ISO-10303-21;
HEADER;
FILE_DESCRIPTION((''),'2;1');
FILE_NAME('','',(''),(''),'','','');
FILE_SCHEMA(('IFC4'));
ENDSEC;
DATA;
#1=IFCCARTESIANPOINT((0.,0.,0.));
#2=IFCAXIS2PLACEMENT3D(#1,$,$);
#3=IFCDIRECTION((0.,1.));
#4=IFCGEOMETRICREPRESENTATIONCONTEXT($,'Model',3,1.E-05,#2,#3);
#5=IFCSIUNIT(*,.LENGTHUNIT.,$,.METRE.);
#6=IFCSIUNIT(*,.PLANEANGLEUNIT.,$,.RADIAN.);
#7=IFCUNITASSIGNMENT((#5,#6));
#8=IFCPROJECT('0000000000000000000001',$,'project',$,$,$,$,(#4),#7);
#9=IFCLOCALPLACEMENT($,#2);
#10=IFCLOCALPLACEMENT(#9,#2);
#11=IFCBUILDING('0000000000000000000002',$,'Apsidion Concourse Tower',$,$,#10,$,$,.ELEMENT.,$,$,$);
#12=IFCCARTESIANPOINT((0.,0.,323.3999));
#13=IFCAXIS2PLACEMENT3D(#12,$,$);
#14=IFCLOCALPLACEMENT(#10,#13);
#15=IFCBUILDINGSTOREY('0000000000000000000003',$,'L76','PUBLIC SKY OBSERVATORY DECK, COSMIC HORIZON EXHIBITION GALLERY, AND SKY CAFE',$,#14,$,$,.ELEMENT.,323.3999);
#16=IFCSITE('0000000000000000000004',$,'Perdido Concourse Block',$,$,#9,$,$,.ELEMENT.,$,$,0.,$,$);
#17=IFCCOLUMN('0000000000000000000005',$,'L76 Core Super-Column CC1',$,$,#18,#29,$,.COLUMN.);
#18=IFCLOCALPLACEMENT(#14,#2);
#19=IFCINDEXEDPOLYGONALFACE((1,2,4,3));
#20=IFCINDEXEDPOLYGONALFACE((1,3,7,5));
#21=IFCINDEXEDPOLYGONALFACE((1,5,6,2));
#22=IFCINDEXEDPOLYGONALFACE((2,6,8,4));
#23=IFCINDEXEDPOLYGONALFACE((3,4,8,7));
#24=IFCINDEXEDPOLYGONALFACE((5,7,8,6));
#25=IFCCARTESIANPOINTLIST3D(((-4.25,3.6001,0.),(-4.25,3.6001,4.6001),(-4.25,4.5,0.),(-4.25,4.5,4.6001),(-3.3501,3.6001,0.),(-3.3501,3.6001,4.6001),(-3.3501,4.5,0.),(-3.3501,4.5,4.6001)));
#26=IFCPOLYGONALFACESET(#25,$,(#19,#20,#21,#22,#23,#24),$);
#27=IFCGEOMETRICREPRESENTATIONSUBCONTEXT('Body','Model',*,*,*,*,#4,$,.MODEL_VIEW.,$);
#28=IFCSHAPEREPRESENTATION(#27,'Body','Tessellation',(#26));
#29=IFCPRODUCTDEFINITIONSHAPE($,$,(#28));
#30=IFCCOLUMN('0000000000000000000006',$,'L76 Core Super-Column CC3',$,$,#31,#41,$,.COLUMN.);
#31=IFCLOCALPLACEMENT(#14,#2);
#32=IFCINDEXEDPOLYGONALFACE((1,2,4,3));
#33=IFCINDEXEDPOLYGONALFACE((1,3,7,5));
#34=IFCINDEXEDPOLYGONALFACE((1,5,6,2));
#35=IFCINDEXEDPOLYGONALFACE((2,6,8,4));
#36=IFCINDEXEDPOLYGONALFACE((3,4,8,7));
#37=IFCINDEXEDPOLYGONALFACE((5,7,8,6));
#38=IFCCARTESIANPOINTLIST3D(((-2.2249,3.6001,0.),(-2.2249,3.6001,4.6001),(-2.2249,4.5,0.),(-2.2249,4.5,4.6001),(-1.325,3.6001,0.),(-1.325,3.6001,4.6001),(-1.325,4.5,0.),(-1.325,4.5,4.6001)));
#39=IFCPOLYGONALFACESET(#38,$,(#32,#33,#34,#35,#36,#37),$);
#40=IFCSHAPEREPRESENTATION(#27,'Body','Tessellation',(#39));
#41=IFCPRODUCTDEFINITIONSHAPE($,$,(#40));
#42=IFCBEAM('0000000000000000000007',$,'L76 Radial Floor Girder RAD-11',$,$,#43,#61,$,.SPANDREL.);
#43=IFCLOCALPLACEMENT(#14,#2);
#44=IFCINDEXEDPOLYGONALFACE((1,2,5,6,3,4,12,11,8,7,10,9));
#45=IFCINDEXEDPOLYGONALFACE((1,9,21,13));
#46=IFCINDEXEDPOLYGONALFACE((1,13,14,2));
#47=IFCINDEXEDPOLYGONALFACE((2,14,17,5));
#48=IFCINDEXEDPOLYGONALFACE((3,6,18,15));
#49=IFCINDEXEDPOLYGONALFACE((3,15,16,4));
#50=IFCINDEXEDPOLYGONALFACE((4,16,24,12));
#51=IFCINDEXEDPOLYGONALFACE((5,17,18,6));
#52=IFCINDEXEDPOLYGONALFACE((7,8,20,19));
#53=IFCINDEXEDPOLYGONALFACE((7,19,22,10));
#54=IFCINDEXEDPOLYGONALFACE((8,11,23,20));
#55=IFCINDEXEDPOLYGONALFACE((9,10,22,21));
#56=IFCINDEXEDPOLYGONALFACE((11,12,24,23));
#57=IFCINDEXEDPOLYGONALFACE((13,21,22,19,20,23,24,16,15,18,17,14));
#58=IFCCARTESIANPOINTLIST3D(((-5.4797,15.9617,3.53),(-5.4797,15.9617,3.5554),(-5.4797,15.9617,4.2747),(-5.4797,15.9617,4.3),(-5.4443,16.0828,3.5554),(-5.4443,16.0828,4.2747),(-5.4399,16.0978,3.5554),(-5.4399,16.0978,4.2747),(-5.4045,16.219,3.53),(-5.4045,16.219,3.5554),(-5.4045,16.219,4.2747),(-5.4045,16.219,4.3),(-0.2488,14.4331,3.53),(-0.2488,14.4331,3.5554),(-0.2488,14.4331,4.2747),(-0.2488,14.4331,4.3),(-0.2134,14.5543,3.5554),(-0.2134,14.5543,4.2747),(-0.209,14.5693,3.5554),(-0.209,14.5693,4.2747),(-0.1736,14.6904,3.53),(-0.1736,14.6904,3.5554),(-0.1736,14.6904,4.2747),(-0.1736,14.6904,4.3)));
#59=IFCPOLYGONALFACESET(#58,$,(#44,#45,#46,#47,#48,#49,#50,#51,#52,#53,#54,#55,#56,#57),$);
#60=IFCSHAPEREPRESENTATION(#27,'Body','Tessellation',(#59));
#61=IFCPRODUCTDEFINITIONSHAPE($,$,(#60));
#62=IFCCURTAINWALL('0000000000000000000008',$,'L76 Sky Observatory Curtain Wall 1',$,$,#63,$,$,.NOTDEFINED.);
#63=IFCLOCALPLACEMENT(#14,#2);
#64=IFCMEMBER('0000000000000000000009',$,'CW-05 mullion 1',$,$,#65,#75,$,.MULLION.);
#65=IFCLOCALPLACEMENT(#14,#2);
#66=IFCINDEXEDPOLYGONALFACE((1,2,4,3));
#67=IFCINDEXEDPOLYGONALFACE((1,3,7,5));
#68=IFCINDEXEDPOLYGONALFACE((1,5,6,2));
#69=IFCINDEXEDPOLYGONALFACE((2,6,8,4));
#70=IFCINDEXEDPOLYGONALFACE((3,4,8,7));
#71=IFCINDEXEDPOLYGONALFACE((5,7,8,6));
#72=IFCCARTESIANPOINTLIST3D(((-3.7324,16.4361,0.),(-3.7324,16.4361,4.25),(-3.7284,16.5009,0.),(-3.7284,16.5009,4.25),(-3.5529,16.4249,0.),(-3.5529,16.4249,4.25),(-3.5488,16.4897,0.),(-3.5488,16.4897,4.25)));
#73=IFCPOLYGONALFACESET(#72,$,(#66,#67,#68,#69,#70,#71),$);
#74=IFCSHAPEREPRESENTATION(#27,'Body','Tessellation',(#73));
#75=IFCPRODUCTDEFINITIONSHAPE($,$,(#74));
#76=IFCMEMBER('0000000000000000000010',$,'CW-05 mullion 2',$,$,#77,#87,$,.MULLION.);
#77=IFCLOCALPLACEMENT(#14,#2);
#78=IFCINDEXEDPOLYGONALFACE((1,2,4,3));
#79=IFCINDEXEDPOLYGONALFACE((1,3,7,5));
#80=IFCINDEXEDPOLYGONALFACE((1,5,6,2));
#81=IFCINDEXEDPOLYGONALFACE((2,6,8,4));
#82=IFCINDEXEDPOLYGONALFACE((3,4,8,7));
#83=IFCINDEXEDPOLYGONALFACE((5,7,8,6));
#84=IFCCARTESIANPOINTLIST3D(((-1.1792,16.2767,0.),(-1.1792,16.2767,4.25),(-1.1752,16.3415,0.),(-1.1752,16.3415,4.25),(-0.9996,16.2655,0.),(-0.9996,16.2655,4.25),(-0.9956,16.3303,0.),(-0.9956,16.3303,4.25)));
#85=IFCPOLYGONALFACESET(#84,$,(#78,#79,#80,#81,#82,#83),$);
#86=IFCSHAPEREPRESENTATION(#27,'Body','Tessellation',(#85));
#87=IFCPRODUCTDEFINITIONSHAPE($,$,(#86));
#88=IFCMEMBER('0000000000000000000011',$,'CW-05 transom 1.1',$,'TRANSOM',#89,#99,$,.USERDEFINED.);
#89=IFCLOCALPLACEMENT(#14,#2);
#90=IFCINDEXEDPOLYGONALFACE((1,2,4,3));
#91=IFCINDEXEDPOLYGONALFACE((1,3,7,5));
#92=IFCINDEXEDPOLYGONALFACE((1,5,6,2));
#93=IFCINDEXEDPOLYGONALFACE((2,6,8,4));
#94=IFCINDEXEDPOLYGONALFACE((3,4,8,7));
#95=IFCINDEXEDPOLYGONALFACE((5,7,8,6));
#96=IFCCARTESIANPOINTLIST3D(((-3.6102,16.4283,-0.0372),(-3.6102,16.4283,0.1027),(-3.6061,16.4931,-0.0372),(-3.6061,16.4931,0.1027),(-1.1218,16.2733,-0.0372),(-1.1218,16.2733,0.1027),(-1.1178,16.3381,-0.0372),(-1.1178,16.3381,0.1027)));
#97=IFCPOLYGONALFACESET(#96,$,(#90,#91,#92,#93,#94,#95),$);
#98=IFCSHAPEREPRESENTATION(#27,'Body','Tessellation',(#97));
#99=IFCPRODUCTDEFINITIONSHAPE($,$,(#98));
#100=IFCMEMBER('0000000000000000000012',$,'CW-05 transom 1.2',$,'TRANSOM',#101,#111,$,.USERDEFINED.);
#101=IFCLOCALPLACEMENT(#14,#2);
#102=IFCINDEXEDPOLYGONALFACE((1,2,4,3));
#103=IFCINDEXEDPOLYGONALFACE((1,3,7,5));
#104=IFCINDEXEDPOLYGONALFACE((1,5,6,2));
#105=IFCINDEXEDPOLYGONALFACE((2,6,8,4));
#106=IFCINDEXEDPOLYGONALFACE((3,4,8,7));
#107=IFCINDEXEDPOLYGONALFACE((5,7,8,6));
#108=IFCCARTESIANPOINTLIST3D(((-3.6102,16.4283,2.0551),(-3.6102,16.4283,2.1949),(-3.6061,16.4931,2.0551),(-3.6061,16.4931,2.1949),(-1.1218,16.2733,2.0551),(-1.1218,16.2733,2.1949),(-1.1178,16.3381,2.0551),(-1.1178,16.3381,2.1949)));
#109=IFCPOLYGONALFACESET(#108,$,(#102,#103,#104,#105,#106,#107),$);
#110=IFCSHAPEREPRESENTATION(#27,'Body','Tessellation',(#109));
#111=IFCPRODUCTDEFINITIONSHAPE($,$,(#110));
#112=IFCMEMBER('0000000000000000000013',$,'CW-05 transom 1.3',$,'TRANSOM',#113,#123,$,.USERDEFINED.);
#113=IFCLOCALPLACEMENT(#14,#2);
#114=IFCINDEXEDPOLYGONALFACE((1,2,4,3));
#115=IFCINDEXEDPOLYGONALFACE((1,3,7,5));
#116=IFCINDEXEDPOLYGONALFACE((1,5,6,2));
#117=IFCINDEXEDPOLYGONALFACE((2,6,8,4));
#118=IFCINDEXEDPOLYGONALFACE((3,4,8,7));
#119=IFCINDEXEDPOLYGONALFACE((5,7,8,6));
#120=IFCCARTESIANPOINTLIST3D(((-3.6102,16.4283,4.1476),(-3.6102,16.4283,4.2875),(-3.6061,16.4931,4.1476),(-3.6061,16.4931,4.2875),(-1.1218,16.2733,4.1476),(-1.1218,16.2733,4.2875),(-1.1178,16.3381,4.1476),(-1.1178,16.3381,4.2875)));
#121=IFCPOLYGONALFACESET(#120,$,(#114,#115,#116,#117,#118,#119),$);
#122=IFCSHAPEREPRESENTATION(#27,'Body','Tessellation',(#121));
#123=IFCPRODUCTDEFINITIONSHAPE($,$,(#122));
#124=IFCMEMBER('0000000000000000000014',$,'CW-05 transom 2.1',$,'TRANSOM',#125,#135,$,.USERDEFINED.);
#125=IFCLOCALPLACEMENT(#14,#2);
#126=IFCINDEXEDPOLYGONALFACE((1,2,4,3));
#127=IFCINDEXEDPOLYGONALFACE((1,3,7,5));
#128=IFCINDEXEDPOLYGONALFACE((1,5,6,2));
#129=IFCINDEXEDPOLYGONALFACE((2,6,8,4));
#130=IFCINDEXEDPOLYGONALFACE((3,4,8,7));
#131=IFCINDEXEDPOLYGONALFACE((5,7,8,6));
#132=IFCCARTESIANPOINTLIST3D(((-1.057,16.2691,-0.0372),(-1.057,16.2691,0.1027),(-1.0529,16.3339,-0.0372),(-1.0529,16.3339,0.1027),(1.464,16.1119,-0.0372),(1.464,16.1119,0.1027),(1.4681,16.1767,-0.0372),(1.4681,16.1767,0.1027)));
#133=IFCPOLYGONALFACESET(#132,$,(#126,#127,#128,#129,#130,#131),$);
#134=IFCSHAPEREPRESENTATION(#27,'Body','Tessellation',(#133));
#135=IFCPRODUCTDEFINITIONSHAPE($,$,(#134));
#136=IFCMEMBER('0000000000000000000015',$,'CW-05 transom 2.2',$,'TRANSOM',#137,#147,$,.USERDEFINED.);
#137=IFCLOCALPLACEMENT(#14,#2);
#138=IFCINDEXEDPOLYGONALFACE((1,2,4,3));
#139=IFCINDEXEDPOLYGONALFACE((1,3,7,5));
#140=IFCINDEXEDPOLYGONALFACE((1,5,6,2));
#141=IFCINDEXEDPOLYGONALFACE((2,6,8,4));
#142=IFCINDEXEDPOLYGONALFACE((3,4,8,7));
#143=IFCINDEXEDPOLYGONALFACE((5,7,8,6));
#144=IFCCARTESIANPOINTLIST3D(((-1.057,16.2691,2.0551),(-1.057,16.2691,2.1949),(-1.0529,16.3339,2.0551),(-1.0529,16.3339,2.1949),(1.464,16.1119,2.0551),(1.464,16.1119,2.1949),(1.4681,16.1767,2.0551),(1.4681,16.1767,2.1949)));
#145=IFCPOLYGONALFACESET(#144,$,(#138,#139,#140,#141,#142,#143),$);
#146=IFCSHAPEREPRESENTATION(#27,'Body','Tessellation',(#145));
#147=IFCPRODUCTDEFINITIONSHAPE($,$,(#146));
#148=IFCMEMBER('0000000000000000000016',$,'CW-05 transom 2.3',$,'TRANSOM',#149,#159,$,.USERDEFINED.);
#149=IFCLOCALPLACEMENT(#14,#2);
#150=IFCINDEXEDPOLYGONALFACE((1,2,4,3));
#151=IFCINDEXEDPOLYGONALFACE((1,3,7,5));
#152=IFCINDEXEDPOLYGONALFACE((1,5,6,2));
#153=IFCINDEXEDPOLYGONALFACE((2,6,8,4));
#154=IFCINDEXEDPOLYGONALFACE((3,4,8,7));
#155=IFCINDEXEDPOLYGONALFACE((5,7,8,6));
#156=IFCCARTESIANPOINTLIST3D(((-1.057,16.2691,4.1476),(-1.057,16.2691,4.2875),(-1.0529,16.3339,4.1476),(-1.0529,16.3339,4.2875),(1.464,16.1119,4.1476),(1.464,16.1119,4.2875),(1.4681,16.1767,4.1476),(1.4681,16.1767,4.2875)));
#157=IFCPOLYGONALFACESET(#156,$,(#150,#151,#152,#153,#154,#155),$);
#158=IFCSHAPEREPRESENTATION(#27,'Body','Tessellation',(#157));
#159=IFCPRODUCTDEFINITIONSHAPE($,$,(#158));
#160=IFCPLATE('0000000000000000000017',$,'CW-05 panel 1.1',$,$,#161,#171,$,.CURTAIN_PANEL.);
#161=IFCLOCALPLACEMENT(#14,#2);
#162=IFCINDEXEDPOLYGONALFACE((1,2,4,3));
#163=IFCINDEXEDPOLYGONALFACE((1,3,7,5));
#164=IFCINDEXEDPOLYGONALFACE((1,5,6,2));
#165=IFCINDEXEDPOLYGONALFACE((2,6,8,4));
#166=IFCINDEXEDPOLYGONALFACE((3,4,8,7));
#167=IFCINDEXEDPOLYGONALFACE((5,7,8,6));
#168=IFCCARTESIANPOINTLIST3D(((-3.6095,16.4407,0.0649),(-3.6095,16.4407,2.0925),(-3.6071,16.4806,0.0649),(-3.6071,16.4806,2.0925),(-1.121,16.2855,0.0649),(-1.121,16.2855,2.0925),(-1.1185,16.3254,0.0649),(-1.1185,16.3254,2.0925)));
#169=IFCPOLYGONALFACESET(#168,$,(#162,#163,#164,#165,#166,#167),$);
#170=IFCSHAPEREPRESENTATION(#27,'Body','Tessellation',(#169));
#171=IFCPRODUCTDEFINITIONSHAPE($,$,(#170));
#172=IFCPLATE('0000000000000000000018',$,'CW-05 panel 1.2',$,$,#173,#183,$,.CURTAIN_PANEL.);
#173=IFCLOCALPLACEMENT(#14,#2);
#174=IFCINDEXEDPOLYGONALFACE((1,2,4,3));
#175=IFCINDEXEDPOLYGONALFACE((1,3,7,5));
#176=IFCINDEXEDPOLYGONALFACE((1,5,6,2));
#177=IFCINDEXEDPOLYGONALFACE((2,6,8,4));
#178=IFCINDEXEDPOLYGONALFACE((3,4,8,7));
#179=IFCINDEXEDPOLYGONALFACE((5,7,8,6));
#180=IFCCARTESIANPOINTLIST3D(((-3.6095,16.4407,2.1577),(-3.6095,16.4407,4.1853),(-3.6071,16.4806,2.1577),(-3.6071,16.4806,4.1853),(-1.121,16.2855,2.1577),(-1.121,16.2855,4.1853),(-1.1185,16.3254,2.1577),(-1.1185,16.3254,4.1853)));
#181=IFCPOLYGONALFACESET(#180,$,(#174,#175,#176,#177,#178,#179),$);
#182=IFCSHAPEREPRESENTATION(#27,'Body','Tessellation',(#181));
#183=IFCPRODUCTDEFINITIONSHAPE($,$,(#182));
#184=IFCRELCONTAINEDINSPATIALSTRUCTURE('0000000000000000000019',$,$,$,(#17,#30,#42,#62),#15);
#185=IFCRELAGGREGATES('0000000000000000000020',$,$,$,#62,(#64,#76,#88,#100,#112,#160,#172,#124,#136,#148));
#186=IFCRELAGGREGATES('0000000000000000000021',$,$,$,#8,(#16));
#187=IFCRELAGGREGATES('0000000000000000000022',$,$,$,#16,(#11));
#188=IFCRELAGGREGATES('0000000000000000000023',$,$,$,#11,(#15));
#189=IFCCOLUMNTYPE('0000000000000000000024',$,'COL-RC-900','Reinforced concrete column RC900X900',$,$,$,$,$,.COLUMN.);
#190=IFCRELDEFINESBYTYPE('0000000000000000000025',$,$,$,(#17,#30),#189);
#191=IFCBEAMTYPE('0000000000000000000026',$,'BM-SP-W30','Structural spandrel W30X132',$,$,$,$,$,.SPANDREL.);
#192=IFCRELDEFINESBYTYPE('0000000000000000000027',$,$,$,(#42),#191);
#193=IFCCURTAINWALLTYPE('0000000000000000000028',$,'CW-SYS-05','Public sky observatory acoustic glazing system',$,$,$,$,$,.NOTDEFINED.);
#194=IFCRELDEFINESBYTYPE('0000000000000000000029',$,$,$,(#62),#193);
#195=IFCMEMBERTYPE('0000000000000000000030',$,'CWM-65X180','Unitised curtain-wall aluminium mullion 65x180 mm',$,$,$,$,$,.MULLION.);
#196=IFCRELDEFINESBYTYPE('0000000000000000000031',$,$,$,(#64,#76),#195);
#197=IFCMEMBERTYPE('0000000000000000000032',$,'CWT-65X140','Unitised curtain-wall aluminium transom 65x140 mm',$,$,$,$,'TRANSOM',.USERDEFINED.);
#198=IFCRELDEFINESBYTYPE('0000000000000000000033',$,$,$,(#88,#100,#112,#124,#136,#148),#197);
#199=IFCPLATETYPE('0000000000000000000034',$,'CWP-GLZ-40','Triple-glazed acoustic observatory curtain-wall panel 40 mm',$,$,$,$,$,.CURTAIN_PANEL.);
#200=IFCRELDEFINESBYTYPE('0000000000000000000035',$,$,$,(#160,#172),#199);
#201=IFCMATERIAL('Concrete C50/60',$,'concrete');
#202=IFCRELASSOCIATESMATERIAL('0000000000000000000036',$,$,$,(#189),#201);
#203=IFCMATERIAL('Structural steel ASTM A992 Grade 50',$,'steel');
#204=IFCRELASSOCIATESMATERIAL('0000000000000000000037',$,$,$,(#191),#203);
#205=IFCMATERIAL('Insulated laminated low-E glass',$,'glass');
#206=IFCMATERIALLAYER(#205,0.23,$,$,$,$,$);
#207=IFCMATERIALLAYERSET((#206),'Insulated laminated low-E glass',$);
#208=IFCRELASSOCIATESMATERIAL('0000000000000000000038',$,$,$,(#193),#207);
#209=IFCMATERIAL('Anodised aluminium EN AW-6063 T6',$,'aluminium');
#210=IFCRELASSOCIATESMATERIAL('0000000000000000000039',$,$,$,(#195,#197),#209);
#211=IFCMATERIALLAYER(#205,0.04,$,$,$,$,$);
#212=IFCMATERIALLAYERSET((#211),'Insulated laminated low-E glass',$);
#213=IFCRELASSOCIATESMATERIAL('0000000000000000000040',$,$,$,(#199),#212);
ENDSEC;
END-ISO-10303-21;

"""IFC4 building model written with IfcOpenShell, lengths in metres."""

from ifc_helpers import new_model, si_unit, direction, frame, origin, origin_2d, place, context, subcontext, project, spatial, rectangle, i_section, extrude, material, layer, layer_set, material_profile, profile_set, type_object, element, aggregate, save


model = new_model("IFC4")

# Units and contexts
model_context = context("Model", 3, precision=1e-05, world=origin(), true_north=direction((0.0, 1.0)))
body_context = subcontext(model_context, "Body", "Model", "MODEL_VIEW")
ifc_project = project(units=[si_unit("LENGTHUNIT", "METRE"), si_unit("PLANEANGLEUNIT", "RADIAN")], contexts=[model_context])

# Site, building, storey
site_placement = place(None, origin())
site = spatial("IfcSite", under=ifc_project, at=site_placement, Name="Perdido Concourse Block", CompositionType="ELEMENT", RefElevation=0.0)
building_placement = place(site_placement, origin())
building = spatial("IfcBuilding", under=site, at=building_placement, Name="Apsidion Concourse Tower", CompositionType="ELEMENT")
storey_placement = place(building_placement, frame((0.0, 0.0, 323.3999)))
storey = spatial("IfcBuildingStorey", under=building, at=storey_placement, Name="L76", Description="PUBLIC SKY OBSERVATORY DECK, COSMIC HORIZON EXHIBITION GALLERY, AND SKY CAFE", CompositionType="ELEMENT", Elevation=323.3999)

# Columns
ifc_material_1 = material(Name="Concrete C50/60", Category="concrete")
ifc_material_profile_1 = material_profile(ifc_material_1, rectangle(XDim=0.8999, YDim=0.8999, at=origin_2d()), Name="RC 900x900")
ifc_profile_set_1 = profile_set([ifc_material_profile_1], Name="Concrete C50/60")
column_type = type_object("IfcColumnType", Name="COL-RC-900", Description="Reinforced concrete column RC900X900", PredefinedType="COLUMN", material=ifc_profile_set_1)
for number, where, z_axis, x_axis, name in (
    (1, (-3.8, 4.05, 0.0), (0.0, 0.0, 1.0), (1.0, 0.0, 0.0), "L76 Core Super-Column CC1"),
    (2, (-1.7749, 4.05, 0.0), (0.0, 0.0, 1.0), (1.0, 0.0, 0.0), "L76 Core Super-Column CC3"),
):
    element("IfcColumn", number, at=place(storey_placement, frame(where, z_axis=z_axis, x_axis=x_axis)), inside=storey, type_object=column_type, Name=name, PredefinedType="COLUMN", context=body_context, shape_type="SweptSolid", body=[
        extrude(rectangle(XDim=0.8999, YDim=0.8999, at=origin_2d()), origin(), (0.0, 0.0, 1.0), 4.6001),
    ])

# Beam
ifc_material_2 = material(Name="Structural steel ASTM A992 Grade 50", Category="steel")
ifc_material_profile_2 = material_profile(ifc_material_2, i_section(OverallWidth=0.2681, OverallDepth=0.77, WebThickness=0.0156, FlangeThickness=0.0254, at=origin_2d()), Name="W30X132")
ifc_profile_set_2 = profile_set([ifc_material_profile_2], Name="Structural steel ASTM A992 Grade 50")
beam_type = type_object("IfcBeamType", Name="BM-SP-W30", Description="Structural spandrel W30X132", PredefinedType="SPANDREL", material=ifc_profile_set_2)
beam_placement = place(storey_placement, frame((-0.2112, 14.5618, 3.915), z_axis=(-0.959858, 0.280485, 0.0), x_axis=(-0.280485, -0.959858, 0.0)))
element("IfcBeam", 3, at=beam_placement, inside=storey, type_object=beam_type, Name="L76 Radial Floor Girder RAD-11", PredefinedType="SPANDREL", context=body_context, shape_type="SweptSolid", body=[
    extrude(i_section(OverallWidth=0.2681, OverallDepth=0.77, WebThickness=0.0156, FlangeThickness=0.0254, at=origin_2d()), origin(), (0.0, 0.0, 1.0), 5.4497),
])

# Curtain wall, members, plates
ifc_material_3 = material(Name="Insulated laminated low-E glass", Category="glass")
ifc_layer_1 = layer(ifc_material_3, 0.23)
ifc_layer_set_1 = layer_set([ifc_layer_1], Name="Insulated laminated low-E glass")
curtain_wall_type = type_object("IfcCurtainWallType", Name="CW-SYS-05", Description="Public sky observatory acoustic glazing system", PredefinedType="NOTDEFINED", material=ifc_layer_set_1)
curtain_wall_placement = place(storey_placement, origin())
curtain_wall = element("IfcCurtainWall", 4, at=curtain_wall_placement, inside=storey, type_object=curtain_wall_type, Name="L76 Sky Observatory Curtain Wall 1", PredefinedType="NOTDEFINED")
ifc_material_4 = material(Name="Anodised aluminium EN AW-6063 T6", Category="aluminium")
ifc_material_profile_3 = material_profile(ifc_material_4, rectangle(XDim=0.0649, YDim=0.1799, at=origin_2d()), Name="ALU MULLION 65x180")
ifc_profile_set_3 = profile_set([ifc_material_profile_3], Name="Anodised aluminium EN AW-6063 T6")
member_type_1 = type_object("IfcMemberType", Name="CWM-65X180", Description="Unitised curtain-wall aluminium mullion 65x180 mm", PredefinedType="MULLION", material=ifc_profile_set_3)
member_1_placement = place(storey_placement, frame((-3.6406, 16.4629, 0.0), z_axis=(0.0, 0.0, 1.0), x_axis=(0.062249, 0.998061, 0.0)))
member_1 = element("IfcMember", 5, at=member_1_placement, type_object=member_type_1, Name="CW-05 mullion 1", PredefinedType="MULLION", context=body_context, shape_type="SweptSolid", body=[
    extrude(rectangle(XDim=0.0649, YDim=0.1799, at=origin_2d()), origin(), (0.0, 0.0, 1.0), 4.25),
])
member_2_placement = place(storey_placement, frame((-1.0874, 16.3035, 0.0), z_axis=(0.0, 0.0, 1.0), x_axis=(0.062249, 0.998061, 0.0)))
member_2 = element("IfcMember", 6, at=member_2_placement, type_object=member_type_1, Name="CW-05 mullion 2", PredefinedType="MULLION", context=body_context, shape_type="SweptSolid", body=[
    extrude(rectangle(XDim=0.0649, YDim=0.1799, at=origin_2d()), origin(), (0.0, 0.0, 1.0), 4.25),
])
ifc_material_profile_4 = material_profile(ifc_material_4, rectangle(XDim=0.0649, YDim=0.1399, at=origin_2d()), Name="ALU TRANSOM 65x140")
ifc_profile_set_4 = profile_set([ifc_material_profile_4], Name="Anodised aluminium EN AW-6063 T6")
member_type_2 = type_object("IfcMemberType", Name="CWT-65X140", Description="Unitised curtain-wall aluminium transom 65x140 mm", ElementType="TRANSOM", PredefinedType="USERDEFINED", material=ifc_profile_set_4)
member_3_placement = place(storey_placement, frame((-3.6082, 16.4607, 0.0327), z_axis=(0.998065, -0.062183, 0.0), x_axis=(0.062183, 0.998065, 0.0)))
member_3 = element("IfcMember", 7, at=member_3_placement, type_object=member_type_2, Name="CW-05 transom 1.1", ObjectType="TRANSOM", PredefinedType="USERDEFINED", context=body_context, shape_type="SweptSolid", body=[
    extrude(rectangle(XDim=0.0649, YDim=0.1399, at=origin_2d()), origin(), (0.0, 0.0, 1.0), 2.4932),
])
member_4_placement = place(storey_placement, frame((-3.6082, 16.4607, 2.125), z_axis=(0.998065, -0.062183, 0.0), x_axis=(0.062183, 0.998065, 0.0)))
member_4 = element("IfcMember", 8, at=member_4_placement, type_object=member_type_2, Name="CW-05 transom 1.2", ObjectType="TRANSOM", PredefinedType="USERDEFINED", context=body_context, shape_type="SweptSolid", body=[
    extrude(rectangle(XDim=0.0649, YDim=0.1399, at=origin_2d()), origin(), (0.0, 0.0, 1.0), 2.4932),
])
member_5_placement = place(storey_placement, frame((-3.6082, 16.4607, 4.2175), z_axis=(0.998065, -0.062183, 0.0), x_axis=(0.062183, 0.998065, 0.0)))
member_5 = element("IfcMember", 9, at=member_5_placement, type_object=member_type_2, Name="CW-05 transom 1.3", ObjectType="TRANSOM", PredefinedType="USERDEFINED", context=body_context, shape_type="SweptSolid", body=[
    extrude(rectangle(XDim=0.0649, YDim=0.1399, at=origin_2d()), origin(), (0.0, 0.0, 1.0), 2.4932),
])
member_6_placement = place(storey_placement, frame((-1.0549, 16.3015, 0.0327), z_axis=(0.998061, -0.062246, 0.0), x_axis=(0.062246, 0.998061, 0.0)))
member_6 = element("IfcMember", 10, at=member_6_placement, type_object=member_type_2, Name="CW-05 transom 2.1", ObjectType="TRANSOM", PredefinedType="USERDEFINED", context=body_context, shape_type="SweptSolid", body=[
    extrude(rectangle(XDim=0.0649, YDim=0.1399, at=origin_2d()), origin(), (0.0, 0.0, 1.0), 2.5259),
])
member_7_placement = place(storey_placement, frame((-1.0549, 16.3015, 2.125), z_axis=(0.998061, -0.062246, 0.0), x_axis=(0.062246, 0.998061, 0.0)))
member_7 = element("IfcMember", 11, at=member_7_placement, type_object=member_type_2, Name="CW-05 transom 2.2", ObjectType="TRANSOM", PredefinedType="USERDEFINED", context=body_context, shape_type="SweptSolid", body=[
    extrude(rectangle(XDim=0.0649, YDim=0.1399, at=origin_2d()), origin(), (0.0, 0.0, 1.0), 2.5259),
])
member_8_placement = place(storey_placement, frame((-1.0549, 16.3015, 4.2175), z_axis=(0.998061, -0.062246, 0.0), x_axis=(0.062246, 0.998061, 0.0)))
member_8 = element("IfcMember", 12, at=member_8_placement, type_object=member_type_2, Name="CW-05 transom 2.3", ObjectType="TRANSOM", PredefinedType="USERDEFINED", context=body_context, shape_type="SweptSolid", body=[
    extrude(rectangle(XDim=0.0649, YDim=0.1399, at=origin_2d()), origin(), (0.0, 0.0, 1.0), 2.5259),
])
ifc_layer_2 = layer(ifc_material_3, 0.04)
ifc_layer_set_2 = layer_set([ifc_layer_2], Name="Insulated laminated low-E glass")
plate_type = type_object("IfcPlateType", Name="CWP-GLZ-40", Description="Triple-glazed acoustic observatory curtain-wall panel 40 mm", PredefinedType="CURTAIN_PANEL", material=ifc_layer_set_2)
plate_1_placement = place(storey_placement, frame((-2.364, 16.3831, 0.0649), z_axis=(0.0, 0.0, 1.0), x_axis=(0.998061, -0.062249, 0.0)))
plate_1 = element("IfcPlate", 13, at=plate_1_placement, type_object=plate_type, Name="CW-05 panel 1.1", PredefinedType="CURTAIN_PANEL", context=body_context, shape_type="SweptSolid", body=[
    extrude(rectangle(XDim=2.4934, YDim=0.04, at=origin_2d()), origin(), (0.0, 0.0, 1.0), 2.0276),
])
plate_2_placement = place(storey_placement, frame((-2.364, 16.3831, 2.1577), z_axis=(0.0, 0.0, 1.0), x_axis=(0.998061, -0.062249, 0.0)))
plate_2 = element("IfcPlate", 14, at=plate_2_placement, type_object=plate_type, Name="CW-05 panel 1.2", PredefinedType="CURTAIN_PANEL", context=body_context, shape_type="SweptSolid", body=[
    extrude(rectangle(XDim=2.4934, YDim=0.04, at=origin_2d()), origin(), (0.0, 0.0, 1.0), 2.0276),
])
aggregate(curtain_wall, [member_1, member_2, member_3, member_4, member_5, plate_1, plate_2, member_6, member_7, member_8])

save(model, "model.ifc")
